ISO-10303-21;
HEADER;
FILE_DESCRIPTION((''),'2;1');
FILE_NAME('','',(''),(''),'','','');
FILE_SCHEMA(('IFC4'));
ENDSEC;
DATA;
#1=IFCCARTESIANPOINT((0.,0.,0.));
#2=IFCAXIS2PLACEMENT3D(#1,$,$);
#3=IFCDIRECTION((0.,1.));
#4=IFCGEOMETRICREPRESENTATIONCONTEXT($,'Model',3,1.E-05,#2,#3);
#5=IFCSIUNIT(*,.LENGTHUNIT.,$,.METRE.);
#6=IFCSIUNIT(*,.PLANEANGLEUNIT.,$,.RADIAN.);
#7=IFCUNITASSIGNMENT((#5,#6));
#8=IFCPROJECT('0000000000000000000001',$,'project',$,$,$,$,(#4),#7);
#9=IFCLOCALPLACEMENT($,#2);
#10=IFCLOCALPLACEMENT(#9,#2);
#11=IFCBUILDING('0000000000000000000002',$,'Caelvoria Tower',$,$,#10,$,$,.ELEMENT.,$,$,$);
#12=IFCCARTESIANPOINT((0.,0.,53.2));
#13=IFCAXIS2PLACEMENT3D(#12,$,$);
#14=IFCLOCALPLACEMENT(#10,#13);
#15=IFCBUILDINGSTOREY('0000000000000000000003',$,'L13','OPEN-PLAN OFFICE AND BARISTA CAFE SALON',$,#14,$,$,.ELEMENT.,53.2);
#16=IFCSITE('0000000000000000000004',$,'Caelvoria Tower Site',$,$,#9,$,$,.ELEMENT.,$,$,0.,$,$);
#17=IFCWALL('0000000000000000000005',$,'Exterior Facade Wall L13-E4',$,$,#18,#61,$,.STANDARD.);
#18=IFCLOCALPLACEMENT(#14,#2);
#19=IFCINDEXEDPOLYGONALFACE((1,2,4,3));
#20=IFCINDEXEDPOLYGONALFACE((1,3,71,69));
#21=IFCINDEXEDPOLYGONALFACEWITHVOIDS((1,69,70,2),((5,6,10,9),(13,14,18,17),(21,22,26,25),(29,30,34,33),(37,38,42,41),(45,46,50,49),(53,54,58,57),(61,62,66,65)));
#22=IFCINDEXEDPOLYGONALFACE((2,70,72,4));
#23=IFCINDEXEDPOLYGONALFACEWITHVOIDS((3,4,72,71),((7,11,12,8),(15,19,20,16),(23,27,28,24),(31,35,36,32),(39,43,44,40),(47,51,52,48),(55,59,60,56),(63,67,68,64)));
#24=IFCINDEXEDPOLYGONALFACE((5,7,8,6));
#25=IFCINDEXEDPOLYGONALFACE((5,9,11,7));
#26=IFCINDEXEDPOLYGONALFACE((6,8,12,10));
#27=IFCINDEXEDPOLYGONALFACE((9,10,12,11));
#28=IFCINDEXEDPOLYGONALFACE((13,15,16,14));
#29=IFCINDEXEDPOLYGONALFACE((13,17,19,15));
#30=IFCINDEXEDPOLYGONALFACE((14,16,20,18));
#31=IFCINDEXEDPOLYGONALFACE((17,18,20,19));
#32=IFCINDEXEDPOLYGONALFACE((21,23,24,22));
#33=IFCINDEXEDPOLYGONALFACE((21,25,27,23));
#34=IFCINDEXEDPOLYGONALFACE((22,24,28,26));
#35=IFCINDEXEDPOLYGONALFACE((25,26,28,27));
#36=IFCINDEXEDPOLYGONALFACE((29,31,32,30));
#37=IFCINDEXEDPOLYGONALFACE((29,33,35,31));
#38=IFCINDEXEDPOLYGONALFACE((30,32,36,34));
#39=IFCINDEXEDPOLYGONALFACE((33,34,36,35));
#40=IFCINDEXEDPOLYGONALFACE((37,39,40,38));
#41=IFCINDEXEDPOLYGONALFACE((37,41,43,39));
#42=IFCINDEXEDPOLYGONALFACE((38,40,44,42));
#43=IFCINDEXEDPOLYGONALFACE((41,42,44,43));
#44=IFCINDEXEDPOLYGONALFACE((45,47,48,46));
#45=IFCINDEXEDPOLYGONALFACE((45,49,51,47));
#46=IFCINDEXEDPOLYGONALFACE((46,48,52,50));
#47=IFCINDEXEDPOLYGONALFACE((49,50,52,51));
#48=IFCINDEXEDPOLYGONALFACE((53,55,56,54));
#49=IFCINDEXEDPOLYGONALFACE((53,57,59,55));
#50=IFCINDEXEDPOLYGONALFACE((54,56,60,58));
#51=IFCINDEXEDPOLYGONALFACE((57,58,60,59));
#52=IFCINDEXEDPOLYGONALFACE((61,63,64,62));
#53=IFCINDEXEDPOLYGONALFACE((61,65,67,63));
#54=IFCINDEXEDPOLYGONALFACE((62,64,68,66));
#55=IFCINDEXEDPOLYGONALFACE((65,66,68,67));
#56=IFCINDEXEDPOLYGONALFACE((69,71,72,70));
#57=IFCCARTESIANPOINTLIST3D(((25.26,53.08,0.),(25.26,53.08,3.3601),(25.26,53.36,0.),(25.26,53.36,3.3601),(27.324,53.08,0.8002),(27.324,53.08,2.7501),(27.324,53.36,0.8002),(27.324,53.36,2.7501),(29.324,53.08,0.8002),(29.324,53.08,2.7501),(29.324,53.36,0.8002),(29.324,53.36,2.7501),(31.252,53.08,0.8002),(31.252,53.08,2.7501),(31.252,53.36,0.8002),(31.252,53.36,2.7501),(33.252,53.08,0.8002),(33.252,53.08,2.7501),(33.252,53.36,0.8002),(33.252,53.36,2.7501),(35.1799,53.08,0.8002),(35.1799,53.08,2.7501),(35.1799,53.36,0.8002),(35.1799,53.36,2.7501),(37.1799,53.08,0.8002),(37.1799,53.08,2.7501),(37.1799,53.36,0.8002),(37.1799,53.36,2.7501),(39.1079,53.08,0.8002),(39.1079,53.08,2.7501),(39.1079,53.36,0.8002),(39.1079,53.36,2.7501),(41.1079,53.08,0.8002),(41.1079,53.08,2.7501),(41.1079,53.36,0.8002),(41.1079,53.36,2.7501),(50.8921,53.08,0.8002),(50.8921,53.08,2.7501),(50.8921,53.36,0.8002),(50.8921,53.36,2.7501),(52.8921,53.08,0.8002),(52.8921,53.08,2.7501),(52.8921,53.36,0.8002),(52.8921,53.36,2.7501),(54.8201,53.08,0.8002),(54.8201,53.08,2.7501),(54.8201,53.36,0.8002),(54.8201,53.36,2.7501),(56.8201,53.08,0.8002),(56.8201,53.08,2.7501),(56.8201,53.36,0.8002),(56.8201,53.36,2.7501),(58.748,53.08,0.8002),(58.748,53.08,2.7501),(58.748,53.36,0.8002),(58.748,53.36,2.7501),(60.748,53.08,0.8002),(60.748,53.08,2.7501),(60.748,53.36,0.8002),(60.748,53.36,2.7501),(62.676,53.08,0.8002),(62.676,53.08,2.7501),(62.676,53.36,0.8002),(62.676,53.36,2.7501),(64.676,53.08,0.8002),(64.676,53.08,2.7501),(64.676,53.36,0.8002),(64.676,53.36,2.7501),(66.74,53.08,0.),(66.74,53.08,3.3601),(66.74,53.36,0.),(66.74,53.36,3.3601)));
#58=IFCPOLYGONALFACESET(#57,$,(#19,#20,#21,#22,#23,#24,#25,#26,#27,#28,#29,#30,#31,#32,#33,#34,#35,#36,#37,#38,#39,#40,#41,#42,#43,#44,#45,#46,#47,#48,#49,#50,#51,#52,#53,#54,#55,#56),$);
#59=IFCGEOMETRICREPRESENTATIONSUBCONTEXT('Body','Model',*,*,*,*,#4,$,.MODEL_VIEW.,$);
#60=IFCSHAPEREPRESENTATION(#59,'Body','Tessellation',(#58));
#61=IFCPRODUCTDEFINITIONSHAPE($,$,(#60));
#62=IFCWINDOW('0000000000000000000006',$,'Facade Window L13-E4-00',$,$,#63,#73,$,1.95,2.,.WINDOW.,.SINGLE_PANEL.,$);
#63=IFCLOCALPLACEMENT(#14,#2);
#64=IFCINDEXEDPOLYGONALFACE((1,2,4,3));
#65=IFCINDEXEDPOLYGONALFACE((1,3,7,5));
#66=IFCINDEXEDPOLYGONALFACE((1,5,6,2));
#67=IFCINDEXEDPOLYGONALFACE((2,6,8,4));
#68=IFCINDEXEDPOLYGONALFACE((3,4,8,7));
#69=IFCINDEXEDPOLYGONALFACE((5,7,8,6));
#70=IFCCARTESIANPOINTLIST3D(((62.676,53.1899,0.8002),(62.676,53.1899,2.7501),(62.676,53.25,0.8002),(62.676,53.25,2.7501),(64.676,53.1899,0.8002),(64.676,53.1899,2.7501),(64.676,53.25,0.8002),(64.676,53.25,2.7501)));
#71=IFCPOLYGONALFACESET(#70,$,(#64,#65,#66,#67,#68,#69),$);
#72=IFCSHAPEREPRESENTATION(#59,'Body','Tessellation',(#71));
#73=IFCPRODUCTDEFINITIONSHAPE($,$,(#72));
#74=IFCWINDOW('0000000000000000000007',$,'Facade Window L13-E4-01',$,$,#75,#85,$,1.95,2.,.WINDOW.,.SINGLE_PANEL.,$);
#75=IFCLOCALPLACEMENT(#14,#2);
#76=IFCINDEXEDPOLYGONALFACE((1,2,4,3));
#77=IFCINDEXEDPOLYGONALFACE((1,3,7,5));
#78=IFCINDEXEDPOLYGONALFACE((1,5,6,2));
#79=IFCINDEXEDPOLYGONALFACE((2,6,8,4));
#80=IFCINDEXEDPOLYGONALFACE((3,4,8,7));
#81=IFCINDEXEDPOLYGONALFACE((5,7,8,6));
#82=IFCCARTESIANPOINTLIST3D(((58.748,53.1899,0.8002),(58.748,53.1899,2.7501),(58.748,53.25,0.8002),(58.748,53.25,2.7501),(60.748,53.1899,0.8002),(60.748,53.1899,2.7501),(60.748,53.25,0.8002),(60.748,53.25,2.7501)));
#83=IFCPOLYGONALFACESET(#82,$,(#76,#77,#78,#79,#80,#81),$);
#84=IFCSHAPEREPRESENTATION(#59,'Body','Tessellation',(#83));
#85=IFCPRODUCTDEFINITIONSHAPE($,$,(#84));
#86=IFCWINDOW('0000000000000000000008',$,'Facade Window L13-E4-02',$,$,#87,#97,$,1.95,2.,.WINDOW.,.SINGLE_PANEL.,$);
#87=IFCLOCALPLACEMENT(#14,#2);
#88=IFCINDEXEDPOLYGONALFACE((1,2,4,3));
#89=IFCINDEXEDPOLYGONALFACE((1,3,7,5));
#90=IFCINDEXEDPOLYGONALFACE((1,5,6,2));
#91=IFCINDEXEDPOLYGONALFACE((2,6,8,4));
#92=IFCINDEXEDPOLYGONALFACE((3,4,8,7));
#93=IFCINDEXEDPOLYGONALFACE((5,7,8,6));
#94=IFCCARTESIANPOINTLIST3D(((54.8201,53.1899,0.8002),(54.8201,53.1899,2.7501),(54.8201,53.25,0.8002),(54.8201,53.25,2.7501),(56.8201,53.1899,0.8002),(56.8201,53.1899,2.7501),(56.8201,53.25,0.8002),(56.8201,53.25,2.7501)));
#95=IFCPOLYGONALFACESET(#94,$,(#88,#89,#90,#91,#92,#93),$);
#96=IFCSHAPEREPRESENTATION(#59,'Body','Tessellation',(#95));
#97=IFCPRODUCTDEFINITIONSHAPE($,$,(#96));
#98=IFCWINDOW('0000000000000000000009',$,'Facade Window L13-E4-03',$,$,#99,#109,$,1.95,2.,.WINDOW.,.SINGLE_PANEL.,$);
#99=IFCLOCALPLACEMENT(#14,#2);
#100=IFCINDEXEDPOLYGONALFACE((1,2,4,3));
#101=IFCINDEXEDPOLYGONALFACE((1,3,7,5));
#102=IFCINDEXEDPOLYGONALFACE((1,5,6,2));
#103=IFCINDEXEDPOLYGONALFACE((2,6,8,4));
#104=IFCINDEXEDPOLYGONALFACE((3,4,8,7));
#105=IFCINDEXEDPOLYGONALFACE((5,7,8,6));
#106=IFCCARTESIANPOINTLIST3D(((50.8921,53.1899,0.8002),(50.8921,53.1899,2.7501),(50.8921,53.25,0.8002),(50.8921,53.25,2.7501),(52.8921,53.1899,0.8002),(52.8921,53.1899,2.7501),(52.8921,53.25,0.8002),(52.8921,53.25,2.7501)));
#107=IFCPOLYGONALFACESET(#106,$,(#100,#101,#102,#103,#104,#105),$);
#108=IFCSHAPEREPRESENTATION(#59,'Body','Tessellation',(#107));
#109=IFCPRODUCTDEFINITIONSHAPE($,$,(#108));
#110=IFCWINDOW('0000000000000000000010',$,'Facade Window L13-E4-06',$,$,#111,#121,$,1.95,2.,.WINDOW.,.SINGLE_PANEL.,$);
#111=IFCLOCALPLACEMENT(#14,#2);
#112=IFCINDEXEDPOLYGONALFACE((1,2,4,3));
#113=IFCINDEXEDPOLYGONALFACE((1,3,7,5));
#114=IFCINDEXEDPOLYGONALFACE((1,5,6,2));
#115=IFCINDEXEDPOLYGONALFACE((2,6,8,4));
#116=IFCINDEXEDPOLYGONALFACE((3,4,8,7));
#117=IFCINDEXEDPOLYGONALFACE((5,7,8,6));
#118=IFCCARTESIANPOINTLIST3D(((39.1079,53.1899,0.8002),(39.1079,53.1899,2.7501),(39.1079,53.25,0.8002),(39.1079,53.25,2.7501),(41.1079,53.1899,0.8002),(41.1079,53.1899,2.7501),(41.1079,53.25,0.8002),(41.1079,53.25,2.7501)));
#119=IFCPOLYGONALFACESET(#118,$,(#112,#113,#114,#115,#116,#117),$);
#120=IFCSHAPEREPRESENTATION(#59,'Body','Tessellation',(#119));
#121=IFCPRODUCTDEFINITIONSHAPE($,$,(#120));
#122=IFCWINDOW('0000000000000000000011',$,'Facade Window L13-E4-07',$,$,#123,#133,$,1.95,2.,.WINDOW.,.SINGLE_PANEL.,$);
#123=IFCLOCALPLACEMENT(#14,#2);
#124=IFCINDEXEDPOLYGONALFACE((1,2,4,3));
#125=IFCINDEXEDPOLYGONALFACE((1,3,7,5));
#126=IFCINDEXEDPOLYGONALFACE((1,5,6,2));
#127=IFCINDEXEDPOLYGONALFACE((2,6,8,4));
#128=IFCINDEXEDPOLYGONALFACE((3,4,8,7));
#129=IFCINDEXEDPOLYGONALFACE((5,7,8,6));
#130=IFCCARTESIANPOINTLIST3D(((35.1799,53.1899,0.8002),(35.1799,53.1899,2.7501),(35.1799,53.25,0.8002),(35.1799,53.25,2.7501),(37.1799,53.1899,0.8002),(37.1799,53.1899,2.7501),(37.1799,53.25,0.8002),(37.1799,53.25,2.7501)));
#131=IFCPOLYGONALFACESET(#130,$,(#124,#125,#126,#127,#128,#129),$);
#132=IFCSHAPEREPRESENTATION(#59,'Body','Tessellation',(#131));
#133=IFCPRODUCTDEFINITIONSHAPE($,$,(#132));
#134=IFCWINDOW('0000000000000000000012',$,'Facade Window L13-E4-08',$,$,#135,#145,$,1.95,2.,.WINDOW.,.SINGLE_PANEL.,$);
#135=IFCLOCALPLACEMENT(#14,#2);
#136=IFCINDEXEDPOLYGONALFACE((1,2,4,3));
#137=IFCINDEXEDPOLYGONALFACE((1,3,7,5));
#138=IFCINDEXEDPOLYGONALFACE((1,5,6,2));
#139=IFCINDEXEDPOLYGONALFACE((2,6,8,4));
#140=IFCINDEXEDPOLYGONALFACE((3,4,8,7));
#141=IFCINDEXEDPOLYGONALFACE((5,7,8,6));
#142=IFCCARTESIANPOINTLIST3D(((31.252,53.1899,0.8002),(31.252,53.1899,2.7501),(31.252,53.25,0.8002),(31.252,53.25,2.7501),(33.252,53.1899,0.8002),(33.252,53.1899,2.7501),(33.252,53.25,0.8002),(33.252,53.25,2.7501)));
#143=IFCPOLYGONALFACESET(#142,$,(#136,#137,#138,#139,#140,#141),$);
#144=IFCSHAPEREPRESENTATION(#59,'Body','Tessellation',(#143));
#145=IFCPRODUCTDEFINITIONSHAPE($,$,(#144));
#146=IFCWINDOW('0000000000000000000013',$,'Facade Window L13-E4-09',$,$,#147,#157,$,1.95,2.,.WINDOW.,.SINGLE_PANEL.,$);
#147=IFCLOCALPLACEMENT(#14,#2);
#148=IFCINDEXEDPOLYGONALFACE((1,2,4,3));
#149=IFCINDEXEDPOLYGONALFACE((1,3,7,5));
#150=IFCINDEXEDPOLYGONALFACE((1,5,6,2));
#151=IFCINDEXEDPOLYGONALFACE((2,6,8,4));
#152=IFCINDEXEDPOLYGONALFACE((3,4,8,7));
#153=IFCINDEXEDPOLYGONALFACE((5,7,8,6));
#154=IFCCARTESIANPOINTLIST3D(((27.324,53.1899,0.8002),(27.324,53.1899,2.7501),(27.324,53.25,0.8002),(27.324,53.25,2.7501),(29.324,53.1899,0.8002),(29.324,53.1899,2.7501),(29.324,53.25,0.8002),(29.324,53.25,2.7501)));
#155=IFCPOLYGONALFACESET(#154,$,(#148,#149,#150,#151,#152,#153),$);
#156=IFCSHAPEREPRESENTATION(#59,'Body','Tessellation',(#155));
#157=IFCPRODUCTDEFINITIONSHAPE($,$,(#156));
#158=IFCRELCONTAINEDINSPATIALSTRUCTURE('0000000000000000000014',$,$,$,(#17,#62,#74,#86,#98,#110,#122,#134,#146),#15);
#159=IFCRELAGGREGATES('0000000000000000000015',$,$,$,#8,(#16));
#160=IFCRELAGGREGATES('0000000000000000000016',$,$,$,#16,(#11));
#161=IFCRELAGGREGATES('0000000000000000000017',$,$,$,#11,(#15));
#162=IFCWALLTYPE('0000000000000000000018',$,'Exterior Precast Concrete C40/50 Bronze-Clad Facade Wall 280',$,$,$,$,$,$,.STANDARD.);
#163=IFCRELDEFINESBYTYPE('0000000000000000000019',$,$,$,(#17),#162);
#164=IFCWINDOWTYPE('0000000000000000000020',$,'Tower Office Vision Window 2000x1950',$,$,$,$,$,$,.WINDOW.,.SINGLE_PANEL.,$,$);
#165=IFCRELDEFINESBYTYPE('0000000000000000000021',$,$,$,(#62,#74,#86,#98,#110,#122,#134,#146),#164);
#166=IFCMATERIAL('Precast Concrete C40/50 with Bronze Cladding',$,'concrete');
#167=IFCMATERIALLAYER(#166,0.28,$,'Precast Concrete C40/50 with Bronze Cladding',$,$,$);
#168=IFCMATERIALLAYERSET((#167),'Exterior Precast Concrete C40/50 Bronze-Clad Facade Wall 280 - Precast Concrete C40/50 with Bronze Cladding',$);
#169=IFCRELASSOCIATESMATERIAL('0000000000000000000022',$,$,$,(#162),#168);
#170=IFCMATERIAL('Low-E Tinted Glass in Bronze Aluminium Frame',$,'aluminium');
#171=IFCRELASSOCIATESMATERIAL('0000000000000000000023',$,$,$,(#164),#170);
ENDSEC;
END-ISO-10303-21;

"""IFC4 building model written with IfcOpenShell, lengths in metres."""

from ifc_helpers import new_model, si_unit, direction, frame, frame_2d, origin, place, context, subcontext, project, spatial, rectangle, extrude, material, layer, layer_set, type_object, element, fill, save


model = new_model("IFC4")

# Units and contexts
model_context = context("Model", 3, precision=1e-05, world=origin(), true_north=direction((0.0, 1.0)))
body_context = subcontext(model_context, "Body", "Model", "MODEL_VIEW")
ifc_project = project(units=[si_unit("LENGTHUNIT", "METRE"), si_unit("PLANEANGLEUNIT", "RADIAN")], contexts=[model_context])

# Site, building, storey
site_placement = place(None, origin())
site = spatial("IfcSite", under=ifc_project, at=site_placement, Name="Caelvoria Tower Site", CompositionType="ELEMENT", RefElevation=0.0)
building_placement = place(site_placement, origin())
building = spatial("IfcBuilding", under=site, at=building_placement, Name="Caelvoria Tower", CompositionType="ELEMENT")
storey_placement = place(building_placement, frame((0.0, 0.0, 53.2)))
storey = spatial("IfcBuildingStorey", under=building, at=storey_placement, Name="L13", Description="OPEN-PLAN OFFICE AND BARISTA CAFE SALON", CompositionType="ELEMENT", Elevation=53.2)

# Wall, openings, windows
ifc_material_1 = material(Name="Precast Concrete C40/50 with Bronze Cladding", Category="concrete")
ifc_layer_1 = layer(ifc_material_1, 0.28, Name="Precast Concrete C40/50 with Bronze Cladding")
ifc_layer_set_1 = layer_set([ifc_layer_1], Name="Exterior Precast Concrete C40/50 Bronze-Clad Facade Wall 280 - Precast Concrete C40/50 with Bronze Cladding")
wall_type = type_object("IfcWallType", Name="Exterior Precast Concrete C40/50 Bronze-Clad Facade Wall 280", PredefinedType="STANDARD", material=ifc_layer_set_1)
wall_placement = place(storey_placement, frame((66.74, 53.22, 0.0), z_axis=(0.0, 0.0, 1.0), x_axis=(-1.0, 0.0, 0.0)))
wall = element("IfcWall", 1, at=wall_placement, inside=storey, type_object=wall_type, Name="Exterior Facade Wall L13-E4", PredefinedType="STANDARD", context=body_context, shape_type="SweptSolid", body=[
    extrude(rectangle(XDim=41.48, YDim=0.28, at=frame_2d((20.74, 0.0))), origin(), (0.0, 0.0, 1.0), 3.3601),
])
opening_1_placement = place(wall_placement, frame((2.064, 0.0, 0.8)))
opening_1 = element("IfcOpeningElement", 2, at=opening_1_placement, cuts=wall, PredefinedType="OPENING", context=body_context, shape_type="SweptSolid", body=[
    extrude(rectangle(XDim=2.0, YDim=1.95, at=frame_2d((1.0, 0.9751))), frame((0.0, 0.1499, 0.0), z_axis=(0.0, -1.0, 0.0), x_axis=(1.0, 0.0, 0.0)), (0.0, 0.0, 1.0), 0.3),
])
opening_2_placement = place(wall_placement, frame((5.9919, 0.0, 0.8)))
opening_2 = element("IfcOpeningElement", 3, at=opening_2_placement, cuts=wall, PredefinedType="OPENING", context=body_context, shape_type="SweptSolid", body=[
    extrude(rectangle(XDim=2.0, YDim=1.95, at=frame_2d((1.0, 0.9751))), frame((0.0, 0.1499, 0.0), z_axis=(0.0, -1.0, 0.0), x_axis=(1.0, 0.0, 0.0)), (0.0, 0.0, 1.0), 0.3),
])
opening_3_placement = place(wall_placement, frame((9.9199, 0.0, 0.8)))
opening_3 = element("IfcOpeningElement", 4, at=opening_3_placement, cuts=wall, PredefinedType="OPENING", context=body_context, shape_type="SweptSolid", body=[
    extrude(rectangle(XDim=2.0, YDim=1.95, at=frame_2d((1.0, 0.9751))), frame((0.0, 0.1499, 0.0), z_axis=(0.0, -1.0, 0.0), x_axis=(1.0, 0.0, 0.0)), (0.0, 0.0, 1.0), 0.3),
])
opening_4_placement = place(wall_placement, frame((13.8479, 0.0, 0.8)))
opening_4 = element("IfcOpeningElement", 5, at=opening_4_placement, cuts=wall, PredefinedType="OPENING", context=body_context, shape_type="SweptSolid", body=[
    extrude(rectangle(XDim=2.0, YDim=1.95, at=frame_2d((1.0, 0.9751))), frame((0.0, 0.1499, 0.0), z_axis=(0.0, -1.0, 0.0), x_axis=(1.0, 0.0, 0.0)), (0.0, 0.0, 1.0), 0.3),
])
opening_5_placement = place(wall_placement, frame((25.6321, 0.0, 0.8)))
opening_5 = element("IfcOpeningElement", 6, at=opening_5_placement, cuts=wall, PredefinedType="OPENING", context=body_context, shape_type="SweptSolid", body=[
    extrude(rectangle(XDim=2.0, YDim=1.95, at=frame_2d((1.0, 0.9751))), frame((0.0, 0.1499, 0.0), z_axis=(0.0, -1.0, 0.0), x_axis=(1.0, 0.0, 0.0)), (0.0, 0.0, 1.0), 0.3),
])
opening_6_placement = place(wall_placement, frame((29.5601, 0.0, 0.8)))
opening_6 = element("IfcOpeningElement", 7, at=opening_6_placement, cuts=wall, PredefinedType="OPENING", context=body_context, shape_type="SweptSolid", body=[
    extrude(rectangle(XDim=2.0, YDim=1.95, at=frame_2d((1.0, 0.9751))), frame((0.0, 0.1499, 0.0), z_axis=(0.0, -1.0, 0.0), x_axis=(1.0, 0.0, 0.0)), (0.0, 0.0, 1.0), 0.3),
])
opening_7_placement = place(wall_placement, frame((33.488, 0.0, 0.8)))
opening_7 = element("IfcOpeningElement", 8, at=opening_7_placement, cuts=wall, PredefinedType="OPENING", context=body_context, shape_type="SweptSolid", body=[
    extrude(rectangle(XDim=2.0, YDim=1.95, at=frame_2d((1.0, 0.9751))), frame((0.0, 0.1499, 0.0), z_axis=(0.0, -1.0, 0.0), x_axis=(1.0, 0.0, 0.0)), (0.0, 0.0, 1.0), 0.3),
])
opening_8_placement = place(wall_placement, frame((37.416, 0.0, 0.8)))
opening_8 = element("IfcOpeningElement", 9, at=opening_8_placement, cuts=wall, PredefinedType="OPENING", context=body_context, shape_type="SweptSolid", body=[
    extrude(rectangle(XDim=2.0, YDim=1.95, at=frame_2d((1.0, 0.9751))), frame((0.0, 0.1499, 0.0), z_axis=(0.0, -1.0, 0.0), x_axis=(1.0, 0.0, 0.0)), (0.0, 0.0, 1.0), 0.3),
])
ifc_material_2 = material(Name="Low-E Tinted Glass in Bronze Aluminium Frame", Category="aluminium")
window_type = type_object("IfcWindowType", Name="Tower Office Vision Window 2000x1950", PartitioningType="SINGLE_PANEL", PredefinedType="WINDOW", material=ifc_material_2)
window_1_placement = place(opening_1_placement, origin())
window_1 = element("IfcWindow", 10, at=window_1_placement, inside=storey, type_object=window_type, Name="Facade Window L13-E4-00", OverallHeight=1.95, OverallWidth=2.0, PartitioningType="SINGLE_PANEL", PredefinedType="WINDOW", context=body_context, shape_type="SweptSolid", body=[
    extrude(rectangle(XDim=2.0, YDim=1.95, at=frame_2d((1.0, 0.9751))), frame((0.0, 0.03, 0.0), z_axis=(0.0, -1.0, 0.0), x_axis=(1.0, 0.0, 0.0)), (0.0, 0.0, 1.0), 0.0601),
])
fill(opening_1, window_1)
window_2_placement = place(opening_2_placement, origin())
window_2 = element("IfcWindow", 11, at=window_2_placement, inside=storey, type_object=window_type, Name="Facade Window L13-E4-01", OverallHeight=1.95, OverallWidth=2.0, PartitioningType="SINGLE_PANEL", PredefinedType="WINDOW", context=body_context, shape_type="SweptSolid", body=[
    extrude(rectangle(XDim=2.0, YDim=1.95, at=frame_2d((1.0, 0.9751))), frame((0.0, 0.03, 0.0), z_axis=(0.0, -1.0, 0.0), x_axis=(1.0, 0.0, 0.0)), (0.0, 0.0, 1.0), 0.0601),
])
fill(opening_2, window_2)
window_3_placement = place(opening_3_placement, origin())
window_3 = element("IfcWindow", 12, at=window_3_placement, inside=storey, type_object=window_type, Name="Facade Window L13-E4-02", OverallHeight=1.95, OverallWidth=2.0, PartitioningType="SINGLE_PANEL", PredefinedType="WINDOW", context=body_context, shape_type="SweptSolid", body=[
    extrude(rectangle(XDim=2.0, YDim=1.95, at=frame_2d((1.0, 0.9751))), frame((0.0, 0.03, 0.0), z_axis=(0.0, -1.0, 0.0), x_axis=(1.0, 0.0, 0.0)), (0.0, 0.0, 1.0), 0.0601),
])
fill(opening_3, window_3)
window_4_placement = place(opening_4_placement, origin())
window_4 = element("IfcWindow", 13, at=window_4_placement, inside=storey, type_object=window_type, Name="Facade Window L13-E4-03", OverallHeight=1.95, OverallWidth=2.0, PartitioningType="SINGLE_PANEL", PredefinedType="WINDOW", context=body_context, shape_type="SweptSolid", body=[
    extrude(rectangle(XDim=2.0, YDim=1.95, at=frame_2d((1.0, 0.9751))), frame((0.0, 0.03, 0.0), z_axis=(0.0, -1.0, 0.0), x_axis=(1.0, 0.0, 0.0)), (0.0, 0.0, 1.0), 0.0601),
])
fill(opening_4, window_4)
window_5_placement = place(opening_5_placement, origin())
window_5 = element("IfcWindow", 14, at=window_5_placement, inside=storey, type_object=window_type, Name="Facade Window L13-E4-06", OverallHeight=1.95, OverallWidth=2.0, PartitioningType="SINGLE_PANEL", PredefinedType="WINDOW", context=body_context, shape_type="SweptSolid", body=[
    extrude(rectangle(XDim=2.0, YDim=1.95, at=frame_2d((1.0, 0.9751))), frame((0.0, 0.03, 0.0), z_axis=(0.0, -1.0, 0.0), x_axis=(1.0, 0.0, 0.0)), (0.0, 0.0, 1.0), 0.0601),
])
fill(opening_5, window_5)
window_6_placement = place(opening_6_placement, origin())
window_6 = element("IfcWindow", 15, at=window_6_placement, inside=storey, type_object=window_type, Name="Facade Window L13-E4-07", OverallHeight=1.95, OverallWidth=2.0, PartitioningType="SINGLE_PANEL", PredefinedType="WINDOW", context=body_context, shape_type="SweptSolid", body=[
    extrude(rectangle(XDim=2.0, YDim=1.95, at=frame_2d((1.0, 0.9751))), frame((0.0, 0.03, 0.0), z_axis=(0.0, -1.0, 0.0), x_axis=(1.0, 0.0, 0.0)), (0.0, 0.0, 1.0), 0.0601),
])
fill(opening_6, window_6)
window_7_placement = place(opening_7_placement, origin())
window_7 = element("IfcWindow", 16, at=window_7_placement, inside=storey, type_object=window_type, Name="Facade Window L13-E4-08", OverallHeight=1.95, OverallWidth=2.0, PartitioningType="SINGLE_PANEL", PredefinedType="WINDOW", context=body_context, shape_type="SweptSolid", body=[
    extrude(rectangle(XDim=2.0, YDim=1.95, at=frame_2d((1.0, 0.9751))), frame((0.0, 0.03, 0.0), z_axis=(0.0, -1.0, 0.0), x_axis=(1.0, 0.0, 0.0)), (0.0, 0.0, 1.0), 0.0601),
])
fill(opening_7, window_7)
window_8_placement = place(opening_8_placement, origin())
window_8 = element("IfcWindow", 17, at=window_8_placement, inside=storey, type_object=window_type, Name="Facade Window L13-E4-09", OverallHeight=1.95, OverallWidth=2.0, PartitioningType="SINGLE_PANEL", PredefinedType="WINDOW", context=body_context, shape_type="SweptSolid", body=[
    extrude(rectangle(XDim=2.0, YDim=1.95, at=frame_2d((1.0, 0.9751))), frame((0.0, 0.03, 0.0), z_axis=(0.0, -1.0, 0.0), x_axis=(1.0, 0.0, 0.0)), (0.0, 0.0, 1.0), 0.0601),
])
fill(opening_8, window_8)

save(model, "model.ifc")
